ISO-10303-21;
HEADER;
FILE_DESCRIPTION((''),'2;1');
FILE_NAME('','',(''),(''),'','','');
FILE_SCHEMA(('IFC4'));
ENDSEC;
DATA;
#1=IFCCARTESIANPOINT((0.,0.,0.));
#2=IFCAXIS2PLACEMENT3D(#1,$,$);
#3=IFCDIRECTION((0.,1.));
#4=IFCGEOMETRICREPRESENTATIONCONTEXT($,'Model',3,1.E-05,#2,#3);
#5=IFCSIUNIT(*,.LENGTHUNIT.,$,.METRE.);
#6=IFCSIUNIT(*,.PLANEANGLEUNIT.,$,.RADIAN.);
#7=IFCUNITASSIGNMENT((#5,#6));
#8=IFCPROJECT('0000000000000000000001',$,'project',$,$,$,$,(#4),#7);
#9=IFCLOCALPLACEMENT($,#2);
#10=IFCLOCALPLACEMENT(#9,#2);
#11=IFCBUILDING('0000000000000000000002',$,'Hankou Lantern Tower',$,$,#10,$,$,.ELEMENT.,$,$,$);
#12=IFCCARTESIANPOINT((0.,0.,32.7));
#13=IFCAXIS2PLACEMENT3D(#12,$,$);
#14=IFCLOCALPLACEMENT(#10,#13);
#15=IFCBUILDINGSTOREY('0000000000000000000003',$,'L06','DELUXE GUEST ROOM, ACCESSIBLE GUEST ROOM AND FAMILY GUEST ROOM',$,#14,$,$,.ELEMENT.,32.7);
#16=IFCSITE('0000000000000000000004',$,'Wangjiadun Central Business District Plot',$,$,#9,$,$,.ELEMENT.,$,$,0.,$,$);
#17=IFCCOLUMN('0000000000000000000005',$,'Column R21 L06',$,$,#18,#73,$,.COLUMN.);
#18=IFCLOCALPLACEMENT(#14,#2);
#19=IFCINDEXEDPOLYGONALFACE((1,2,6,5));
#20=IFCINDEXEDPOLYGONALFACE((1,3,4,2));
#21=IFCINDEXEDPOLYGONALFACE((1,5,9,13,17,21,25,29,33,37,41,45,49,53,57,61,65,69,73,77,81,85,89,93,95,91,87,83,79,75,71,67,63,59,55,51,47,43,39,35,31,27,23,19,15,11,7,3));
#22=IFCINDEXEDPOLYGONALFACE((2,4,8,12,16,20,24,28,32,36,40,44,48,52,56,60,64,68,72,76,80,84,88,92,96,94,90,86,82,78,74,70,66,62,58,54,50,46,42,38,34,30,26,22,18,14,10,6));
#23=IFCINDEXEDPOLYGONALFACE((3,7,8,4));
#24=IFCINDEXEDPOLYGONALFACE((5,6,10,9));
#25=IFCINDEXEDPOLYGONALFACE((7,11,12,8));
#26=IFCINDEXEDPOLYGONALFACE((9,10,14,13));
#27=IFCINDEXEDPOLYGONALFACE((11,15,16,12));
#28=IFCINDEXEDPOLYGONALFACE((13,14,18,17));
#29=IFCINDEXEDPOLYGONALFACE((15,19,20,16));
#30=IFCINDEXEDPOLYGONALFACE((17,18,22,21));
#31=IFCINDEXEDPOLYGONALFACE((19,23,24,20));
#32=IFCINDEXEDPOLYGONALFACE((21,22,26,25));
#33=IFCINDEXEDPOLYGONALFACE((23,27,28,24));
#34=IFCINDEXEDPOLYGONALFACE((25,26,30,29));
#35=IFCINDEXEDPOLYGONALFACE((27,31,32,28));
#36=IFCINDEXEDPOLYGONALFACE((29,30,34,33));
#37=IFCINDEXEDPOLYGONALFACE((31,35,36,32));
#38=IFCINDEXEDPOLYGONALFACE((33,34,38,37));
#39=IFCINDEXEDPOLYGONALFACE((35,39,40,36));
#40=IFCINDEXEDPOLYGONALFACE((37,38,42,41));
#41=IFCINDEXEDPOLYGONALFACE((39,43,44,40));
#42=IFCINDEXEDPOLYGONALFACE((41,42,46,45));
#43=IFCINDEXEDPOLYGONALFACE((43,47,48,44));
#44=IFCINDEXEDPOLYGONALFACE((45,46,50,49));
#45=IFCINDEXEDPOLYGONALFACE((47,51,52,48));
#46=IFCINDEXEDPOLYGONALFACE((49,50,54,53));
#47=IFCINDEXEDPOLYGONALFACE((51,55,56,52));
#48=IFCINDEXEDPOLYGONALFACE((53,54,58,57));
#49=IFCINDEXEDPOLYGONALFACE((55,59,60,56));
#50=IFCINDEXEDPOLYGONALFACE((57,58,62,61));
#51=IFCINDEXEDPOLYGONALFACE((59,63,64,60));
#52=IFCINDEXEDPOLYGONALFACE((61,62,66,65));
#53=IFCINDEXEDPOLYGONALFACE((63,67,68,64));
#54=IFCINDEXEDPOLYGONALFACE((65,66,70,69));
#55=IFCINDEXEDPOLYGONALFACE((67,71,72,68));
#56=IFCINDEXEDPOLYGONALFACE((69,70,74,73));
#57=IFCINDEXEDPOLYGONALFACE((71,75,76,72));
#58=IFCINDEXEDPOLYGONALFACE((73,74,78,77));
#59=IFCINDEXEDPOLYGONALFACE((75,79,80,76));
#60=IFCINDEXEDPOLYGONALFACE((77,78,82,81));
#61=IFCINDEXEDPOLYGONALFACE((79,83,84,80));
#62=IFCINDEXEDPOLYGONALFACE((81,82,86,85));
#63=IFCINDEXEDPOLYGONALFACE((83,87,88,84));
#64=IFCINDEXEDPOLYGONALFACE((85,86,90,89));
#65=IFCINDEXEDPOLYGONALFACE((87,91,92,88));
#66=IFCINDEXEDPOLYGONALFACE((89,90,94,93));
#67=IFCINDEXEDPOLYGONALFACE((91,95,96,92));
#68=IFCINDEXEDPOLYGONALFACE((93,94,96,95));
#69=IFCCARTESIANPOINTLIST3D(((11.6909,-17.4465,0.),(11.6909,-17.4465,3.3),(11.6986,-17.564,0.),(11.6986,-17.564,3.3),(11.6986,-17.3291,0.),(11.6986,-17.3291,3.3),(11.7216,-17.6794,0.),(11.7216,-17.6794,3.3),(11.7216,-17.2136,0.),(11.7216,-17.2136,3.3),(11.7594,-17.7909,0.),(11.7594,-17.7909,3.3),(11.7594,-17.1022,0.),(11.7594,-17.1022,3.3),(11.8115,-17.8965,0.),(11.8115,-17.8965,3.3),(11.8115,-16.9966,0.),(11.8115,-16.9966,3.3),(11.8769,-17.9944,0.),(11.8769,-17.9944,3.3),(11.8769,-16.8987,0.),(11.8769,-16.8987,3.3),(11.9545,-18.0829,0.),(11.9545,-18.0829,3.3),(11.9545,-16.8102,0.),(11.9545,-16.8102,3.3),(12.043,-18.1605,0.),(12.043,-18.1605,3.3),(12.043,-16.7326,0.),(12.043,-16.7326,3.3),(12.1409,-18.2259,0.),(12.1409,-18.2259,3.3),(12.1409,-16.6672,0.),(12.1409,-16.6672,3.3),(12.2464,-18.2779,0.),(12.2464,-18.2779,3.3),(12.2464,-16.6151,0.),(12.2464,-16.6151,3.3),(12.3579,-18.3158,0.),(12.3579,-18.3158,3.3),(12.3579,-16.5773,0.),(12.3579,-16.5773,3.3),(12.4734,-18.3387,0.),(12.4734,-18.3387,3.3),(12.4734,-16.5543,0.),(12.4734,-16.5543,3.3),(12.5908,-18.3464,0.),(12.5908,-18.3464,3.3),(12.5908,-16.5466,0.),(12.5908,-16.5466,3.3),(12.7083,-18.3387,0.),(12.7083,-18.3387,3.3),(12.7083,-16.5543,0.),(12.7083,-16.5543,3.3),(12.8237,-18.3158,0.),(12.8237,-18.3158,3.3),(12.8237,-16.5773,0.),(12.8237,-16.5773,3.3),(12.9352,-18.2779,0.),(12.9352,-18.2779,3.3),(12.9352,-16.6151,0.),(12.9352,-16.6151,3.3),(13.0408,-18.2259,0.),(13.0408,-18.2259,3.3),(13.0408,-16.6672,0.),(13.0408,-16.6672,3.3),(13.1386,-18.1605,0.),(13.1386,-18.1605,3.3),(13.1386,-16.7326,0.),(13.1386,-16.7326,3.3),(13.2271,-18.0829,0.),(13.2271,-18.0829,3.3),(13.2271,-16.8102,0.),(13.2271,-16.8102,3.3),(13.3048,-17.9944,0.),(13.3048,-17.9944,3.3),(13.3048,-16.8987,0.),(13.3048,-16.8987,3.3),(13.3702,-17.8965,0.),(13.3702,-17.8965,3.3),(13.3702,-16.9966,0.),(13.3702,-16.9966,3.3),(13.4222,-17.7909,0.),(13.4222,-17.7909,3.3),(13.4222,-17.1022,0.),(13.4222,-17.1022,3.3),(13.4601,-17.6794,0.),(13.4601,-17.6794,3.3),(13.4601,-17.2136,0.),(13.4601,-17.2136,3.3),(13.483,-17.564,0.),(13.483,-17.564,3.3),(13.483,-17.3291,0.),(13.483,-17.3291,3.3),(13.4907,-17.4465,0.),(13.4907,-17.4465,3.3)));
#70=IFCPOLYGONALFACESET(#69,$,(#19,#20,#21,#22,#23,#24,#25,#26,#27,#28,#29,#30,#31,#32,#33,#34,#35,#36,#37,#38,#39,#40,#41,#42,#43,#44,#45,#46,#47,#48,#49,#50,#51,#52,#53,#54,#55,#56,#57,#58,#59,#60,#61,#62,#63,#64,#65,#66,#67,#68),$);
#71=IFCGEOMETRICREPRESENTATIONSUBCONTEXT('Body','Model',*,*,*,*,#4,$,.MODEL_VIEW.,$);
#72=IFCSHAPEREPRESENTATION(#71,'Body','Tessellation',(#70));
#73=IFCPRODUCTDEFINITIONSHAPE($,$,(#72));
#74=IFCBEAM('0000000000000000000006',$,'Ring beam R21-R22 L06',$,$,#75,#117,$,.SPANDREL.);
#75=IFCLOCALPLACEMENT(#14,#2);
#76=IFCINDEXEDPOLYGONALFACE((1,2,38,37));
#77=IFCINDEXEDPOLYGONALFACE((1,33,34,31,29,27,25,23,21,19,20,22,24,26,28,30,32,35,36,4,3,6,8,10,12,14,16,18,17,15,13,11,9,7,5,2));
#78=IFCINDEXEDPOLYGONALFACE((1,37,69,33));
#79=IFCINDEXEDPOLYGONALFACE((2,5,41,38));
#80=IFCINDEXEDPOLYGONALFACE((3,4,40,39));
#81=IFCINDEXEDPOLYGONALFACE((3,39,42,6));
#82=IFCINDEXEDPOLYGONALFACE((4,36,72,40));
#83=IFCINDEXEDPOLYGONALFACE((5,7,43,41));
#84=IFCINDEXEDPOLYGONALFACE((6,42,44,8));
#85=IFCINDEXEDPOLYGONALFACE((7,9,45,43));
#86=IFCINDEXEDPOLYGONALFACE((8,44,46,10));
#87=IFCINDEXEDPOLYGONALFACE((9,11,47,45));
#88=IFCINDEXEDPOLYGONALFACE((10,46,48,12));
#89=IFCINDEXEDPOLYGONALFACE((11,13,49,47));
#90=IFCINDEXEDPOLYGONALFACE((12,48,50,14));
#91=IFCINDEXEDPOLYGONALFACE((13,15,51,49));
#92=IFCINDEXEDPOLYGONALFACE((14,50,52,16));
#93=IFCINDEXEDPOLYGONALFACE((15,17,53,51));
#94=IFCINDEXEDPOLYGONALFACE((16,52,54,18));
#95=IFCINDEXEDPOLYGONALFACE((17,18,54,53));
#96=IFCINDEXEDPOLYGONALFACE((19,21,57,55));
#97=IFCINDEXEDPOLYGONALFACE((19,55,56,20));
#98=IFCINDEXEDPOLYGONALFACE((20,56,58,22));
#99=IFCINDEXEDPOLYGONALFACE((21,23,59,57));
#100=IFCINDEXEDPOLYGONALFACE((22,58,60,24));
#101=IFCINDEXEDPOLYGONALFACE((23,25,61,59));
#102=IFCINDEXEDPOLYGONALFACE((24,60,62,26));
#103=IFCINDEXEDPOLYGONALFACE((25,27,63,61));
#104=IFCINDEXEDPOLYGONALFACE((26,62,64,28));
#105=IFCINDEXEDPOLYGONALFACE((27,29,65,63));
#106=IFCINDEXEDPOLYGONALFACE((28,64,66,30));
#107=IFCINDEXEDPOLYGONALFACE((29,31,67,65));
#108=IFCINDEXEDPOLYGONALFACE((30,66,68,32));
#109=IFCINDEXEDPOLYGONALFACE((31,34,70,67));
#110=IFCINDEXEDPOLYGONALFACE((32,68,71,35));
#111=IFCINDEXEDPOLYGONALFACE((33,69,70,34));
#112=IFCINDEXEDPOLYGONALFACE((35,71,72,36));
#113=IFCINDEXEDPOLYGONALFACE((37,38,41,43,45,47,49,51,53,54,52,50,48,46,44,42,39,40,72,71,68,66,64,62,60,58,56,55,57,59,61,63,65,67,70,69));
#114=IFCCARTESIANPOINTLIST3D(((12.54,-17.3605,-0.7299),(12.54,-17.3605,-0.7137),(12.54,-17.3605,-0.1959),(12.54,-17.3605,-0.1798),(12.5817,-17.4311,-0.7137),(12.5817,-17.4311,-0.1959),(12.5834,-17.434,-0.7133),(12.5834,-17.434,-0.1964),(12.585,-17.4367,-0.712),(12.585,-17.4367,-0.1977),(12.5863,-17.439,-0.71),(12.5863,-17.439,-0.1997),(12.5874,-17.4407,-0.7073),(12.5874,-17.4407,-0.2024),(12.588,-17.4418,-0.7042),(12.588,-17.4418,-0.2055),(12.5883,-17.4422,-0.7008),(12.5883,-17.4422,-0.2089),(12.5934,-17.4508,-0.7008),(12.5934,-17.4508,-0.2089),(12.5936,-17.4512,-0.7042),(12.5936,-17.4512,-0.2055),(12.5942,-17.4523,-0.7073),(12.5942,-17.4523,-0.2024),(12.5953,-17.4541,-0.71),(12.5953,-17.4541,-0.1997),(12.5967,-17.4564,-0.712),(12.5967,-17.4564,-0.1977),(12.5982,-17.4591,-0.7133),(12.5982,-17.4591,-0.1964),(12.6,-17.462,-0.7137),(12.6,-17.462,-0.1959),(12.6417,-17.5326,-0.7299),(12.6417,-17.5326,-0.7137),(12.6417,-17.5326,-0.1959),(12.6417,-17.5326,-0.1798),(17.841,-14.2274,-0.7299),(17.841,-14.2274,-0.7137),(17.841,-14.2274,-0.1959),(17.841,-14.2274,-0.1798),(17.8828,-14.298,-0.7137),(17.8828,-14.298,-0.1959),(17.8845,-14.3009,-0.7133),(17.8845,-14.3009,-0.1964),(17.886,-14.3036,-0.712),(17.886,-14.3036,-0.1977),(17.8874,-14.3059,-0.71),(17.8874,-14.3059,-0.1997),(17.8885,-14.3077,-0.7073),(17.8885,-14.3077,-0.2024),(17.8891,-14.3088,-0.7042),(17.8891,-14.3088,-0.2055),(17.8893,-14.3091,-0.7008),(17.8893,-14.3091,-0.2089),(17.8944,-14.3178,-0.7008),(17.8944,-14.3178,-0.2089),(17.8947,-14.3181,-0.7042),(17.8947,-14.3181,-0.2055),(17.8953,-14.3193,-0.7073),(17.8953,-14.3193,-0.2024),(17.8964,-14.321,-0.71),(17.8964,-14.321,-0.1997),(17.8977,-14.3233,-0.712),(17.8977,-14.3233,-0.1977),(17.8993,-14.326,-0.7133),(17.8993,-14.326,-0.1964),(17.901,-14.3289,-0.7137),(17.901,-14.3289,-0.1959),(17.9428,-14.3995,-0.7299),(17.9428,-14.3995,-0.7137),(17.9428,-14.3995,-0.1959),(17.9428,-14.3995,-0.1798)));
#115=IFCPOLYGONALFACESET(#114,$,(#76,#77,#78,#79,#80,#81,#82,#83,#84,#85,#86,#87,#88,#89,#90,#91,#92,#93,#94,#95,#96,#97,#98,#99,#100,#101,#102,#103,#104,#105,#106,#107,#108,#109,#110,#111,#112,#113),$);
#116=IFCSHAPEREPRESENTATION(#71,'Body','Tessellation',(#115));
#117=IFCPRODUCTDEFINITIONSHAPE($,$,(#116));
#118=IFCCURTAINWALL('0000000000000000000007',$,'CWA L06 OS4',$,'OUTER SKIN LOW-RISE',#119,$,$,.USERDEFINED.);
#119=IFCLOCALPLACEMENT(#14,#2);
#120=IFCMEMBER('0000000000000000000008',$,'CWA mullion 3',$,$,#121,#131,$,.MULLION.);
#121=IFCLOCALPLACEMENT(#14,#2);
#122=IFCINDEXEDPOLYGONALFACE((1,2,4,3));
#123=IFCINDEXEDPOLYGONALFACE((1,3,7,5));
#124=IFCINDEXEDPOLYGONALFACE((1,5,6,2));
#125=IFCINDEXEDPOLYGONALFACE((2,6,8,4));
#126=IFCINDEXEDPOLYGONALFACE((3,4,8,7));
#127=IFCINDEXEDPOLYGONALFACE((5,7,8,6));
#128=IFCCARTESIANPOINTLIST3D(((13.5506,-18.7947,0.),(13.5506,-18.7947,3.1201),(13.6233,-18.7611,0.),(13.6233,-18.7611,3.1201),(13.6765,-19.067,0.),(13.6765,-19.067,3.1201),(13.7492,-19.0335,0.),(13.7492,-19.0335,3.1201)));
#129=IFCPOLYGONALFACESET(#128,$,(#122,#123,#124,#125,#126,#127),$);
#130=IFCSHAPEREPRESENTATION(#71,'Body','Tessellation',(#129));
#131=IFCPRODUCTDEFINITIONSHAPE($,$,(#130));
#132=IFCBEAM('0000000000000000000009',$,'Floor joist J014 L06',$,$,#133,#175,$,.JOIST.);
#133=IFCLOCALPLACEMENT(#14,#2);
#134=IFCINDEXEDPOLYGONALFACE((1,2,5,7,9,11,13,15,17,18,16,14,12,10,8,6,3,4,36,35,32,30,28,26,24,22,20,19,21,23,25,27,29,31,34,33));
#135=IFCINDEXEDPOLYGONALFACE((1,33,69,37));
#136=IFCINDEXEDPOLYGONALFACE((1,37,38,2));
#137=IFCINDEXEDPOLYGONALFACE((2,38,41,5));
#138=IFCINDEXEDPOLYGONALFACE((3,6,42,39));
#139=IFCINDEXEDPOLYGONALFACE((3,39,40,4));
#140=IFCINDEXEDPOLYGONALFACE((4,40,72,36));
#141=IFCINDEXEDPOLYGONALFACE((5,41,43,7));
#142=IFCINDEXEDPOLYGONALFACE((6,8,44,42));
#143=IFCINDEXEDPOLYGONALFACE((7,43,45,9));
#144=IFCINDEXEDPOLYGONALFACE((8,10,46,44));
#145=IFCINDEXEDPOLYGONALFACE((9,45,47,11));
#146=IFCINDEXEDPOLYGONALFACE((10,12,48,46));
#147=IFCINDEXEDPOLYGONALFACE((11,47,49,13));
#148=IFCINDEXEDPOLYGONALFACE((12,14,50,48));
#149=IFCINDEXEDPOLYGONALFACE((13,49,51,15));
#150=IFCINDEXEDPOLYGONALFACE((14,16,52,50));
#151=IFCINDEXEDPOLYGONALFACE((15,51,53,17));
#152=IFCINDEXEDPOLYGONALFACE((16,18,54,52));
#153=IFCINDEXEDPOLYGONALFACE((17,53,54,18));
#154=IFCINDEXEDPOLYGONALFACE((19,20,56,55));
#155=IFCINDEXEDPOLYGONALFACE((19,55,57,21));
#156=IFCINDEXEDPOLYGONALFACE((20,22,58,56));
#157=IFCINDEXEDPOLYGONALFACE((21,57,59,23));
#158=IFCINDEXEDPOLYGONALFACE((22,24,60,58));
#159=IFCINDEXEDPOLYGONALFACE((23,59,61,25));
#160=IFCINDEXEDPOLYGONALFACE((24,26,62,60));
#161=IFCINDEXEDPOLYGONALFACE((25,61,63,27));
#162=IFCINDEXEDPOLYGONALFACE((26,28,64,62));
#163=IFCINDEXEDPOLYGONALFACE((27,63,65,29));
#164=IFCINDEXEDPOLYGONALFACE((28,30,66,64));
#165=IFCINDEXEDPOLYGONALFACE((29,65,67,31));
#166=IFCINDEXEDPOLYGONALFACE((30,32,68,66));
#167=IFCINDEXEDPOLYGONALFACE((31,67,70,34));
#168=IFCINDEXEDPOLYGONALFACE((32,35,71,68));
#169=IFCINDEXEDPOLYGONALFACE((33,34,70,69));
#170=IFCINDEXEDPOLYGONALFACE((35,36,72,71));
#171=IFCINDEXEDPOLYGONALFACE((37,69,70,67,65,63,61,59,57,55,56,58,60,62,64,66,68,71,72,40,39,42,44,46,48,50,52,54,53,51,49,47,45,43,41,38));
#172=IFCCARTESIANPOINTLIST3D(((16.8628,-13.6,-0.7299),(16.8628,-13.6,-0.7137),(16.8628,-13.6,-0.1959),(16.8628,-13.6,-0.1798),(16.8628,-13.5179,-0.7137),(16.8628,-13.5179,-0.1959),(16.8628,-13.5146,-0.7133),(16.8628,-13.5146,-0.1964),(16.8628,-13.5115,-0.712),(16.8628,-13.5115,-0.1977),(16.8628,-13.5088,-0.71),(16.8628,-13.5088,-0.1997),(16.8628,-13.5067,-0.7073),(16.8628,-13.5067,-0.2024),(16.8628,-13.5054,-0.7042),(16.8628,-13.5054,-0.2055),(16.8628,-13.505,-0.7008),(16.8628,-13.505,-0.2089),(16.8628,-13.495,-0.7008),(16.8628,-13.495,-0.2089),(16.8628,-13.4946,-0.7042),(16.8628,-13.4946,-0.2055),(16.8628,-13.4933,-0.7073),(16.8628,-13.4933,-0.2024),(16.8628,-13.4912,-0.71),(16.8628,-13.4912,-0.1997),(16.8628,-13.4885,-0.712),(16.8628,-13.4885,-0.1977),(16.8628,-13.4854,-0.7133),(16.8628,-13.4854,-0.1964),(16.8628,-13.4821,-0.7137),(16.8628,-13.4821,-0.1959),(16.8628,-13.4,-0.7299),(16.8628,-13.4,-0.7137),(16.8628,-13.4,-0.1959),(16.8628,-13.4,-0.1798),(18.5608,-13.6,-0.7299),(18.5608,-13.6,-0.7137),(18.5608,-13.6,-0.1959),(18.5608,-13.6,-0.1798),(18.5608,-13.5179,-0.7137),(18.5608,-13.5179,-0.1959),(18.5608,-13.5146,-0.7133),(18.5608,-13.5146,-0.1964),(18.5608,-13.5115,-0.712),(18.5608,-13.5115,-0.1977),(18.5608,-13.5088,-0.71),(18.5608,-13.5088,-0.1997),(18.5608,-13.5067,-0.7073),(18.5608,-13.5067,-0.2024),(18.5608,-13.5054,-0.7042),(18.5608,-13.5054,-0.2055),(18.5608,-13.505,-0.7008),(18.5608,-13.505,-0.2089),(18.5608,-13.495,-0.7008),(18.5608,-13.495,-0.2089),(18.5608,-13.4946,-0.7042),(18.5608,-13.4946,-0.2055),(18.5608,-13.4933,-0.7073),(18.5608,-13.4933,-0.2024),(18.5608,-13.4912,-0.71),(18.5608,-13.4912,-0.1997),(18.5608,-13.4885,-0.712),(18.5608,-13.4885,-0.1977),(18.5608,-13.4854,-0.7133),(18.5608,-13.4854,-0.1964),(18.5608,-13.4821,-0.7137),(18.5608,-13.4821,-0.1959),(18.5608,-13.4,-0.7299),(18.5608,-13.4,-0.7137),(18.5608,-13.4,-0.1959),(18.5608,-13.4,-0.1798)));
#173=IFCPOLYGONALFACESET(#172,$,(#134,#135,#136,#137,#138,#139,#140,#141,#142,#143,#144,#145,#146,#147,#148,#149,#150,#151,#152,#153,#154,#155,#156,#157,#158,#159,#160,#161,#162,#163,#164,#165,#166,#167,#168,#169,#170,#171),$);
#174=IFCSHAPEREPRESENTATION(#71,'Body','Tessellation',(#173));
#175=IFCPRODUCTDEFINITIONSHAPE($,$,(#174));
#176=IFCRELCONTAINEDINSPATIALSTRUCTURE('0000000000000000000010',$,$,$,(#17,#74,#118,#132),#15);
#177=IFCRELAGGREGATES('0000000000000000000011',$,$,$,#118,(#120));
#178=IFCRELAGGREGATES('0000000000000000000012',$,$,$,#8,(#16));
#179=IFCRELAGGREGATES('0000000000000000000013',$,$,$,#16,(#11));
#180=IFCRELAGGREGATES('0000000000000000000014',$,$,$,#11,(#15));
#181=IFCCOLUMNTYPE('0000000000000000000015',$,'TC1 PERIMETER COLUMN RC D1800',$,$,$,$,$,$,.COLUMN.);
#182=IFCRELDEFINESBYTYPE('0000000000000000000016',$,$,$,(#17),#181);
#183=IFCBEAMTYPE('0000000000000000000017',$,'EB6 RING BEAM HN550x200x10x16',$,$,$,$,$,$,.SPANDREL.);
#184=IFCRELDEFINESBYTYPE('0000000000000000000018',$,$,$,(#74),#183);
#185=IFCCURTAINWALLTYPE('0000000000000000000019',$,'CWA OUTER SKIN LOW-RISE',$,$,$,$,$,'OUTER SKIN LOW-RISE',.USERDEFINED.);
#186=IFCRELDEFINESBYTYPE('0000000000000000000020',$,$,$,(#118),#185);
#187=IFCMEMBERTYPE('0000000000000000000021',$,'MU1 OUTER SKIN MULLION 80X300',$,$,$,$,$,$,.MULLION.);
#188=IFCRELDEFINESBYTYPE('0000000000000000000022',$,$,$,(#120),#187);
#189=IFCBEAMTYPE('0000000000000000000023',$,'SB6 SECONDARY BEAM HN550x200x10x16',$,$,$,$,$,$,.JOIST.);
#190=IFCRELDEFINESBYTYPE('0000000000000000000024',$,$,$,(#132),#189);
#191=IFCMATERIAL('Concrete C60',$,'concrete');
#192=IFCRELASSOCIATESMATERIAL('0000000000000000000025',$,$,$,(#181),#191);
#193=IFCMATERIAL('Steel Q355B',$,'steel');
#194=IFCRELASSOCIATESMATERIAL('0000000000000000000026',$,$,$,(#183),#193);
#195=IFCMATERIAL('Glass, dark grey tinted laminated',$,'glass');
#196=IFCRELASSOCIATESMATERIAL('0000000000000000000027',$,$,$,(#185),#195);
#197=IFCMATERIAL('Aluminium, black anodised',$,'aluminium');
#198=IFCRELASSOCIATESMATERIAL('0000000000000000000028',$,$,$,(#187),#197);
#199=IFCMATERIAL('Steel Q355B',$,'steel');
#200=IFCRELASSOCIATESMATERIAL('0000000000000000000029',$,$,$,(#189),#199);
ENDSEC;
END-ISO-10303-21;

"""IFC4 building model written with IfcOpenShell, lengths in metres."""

from ifc_helpers import new_model, si_unit, direction, frame, origin, origin_2d, place, context, subcontext, project, spatial, rectangle, circle, i_section, extrude, material, material_profile, profile_set, type_object, element, aggregate, save


model = new_model("IFC4")

# Units and contexts
model_context = context("Model", 3, precision=1e-05, world=origin(), true_north=direction((0.0, 1.0)))
body_context = subcontext(model_context, "Body", "Model", "MODEL_VIEW")
ifc_project = project(units=[si_unit("LENGTHUNIT", "METRE"), si_unit("PLANEANGLEUNIT", "RADIAN")], contexts=[model_context])

# Site, building, storey
site_placement = place(None, origin())
site = spatial("IfcSite", under=ifc_project, at=site_placement, Name="Wangjiadun Central Business District Plot", CompositionType="ELEMENT", RefElevation=0.0)
building_placement = place(site_placement, origin())
building = spatial("IfcBuilding", under=site, at=building_placement, Name="Hankou Lantern Tower", CompositionType="ELEMENT")
storey_placement = place(building_placement, frame((0.0, 0.0, 32.7)))
storey = spatial("IfcBuildingStorey", under=building, at=storey_placement, Name="L06", Description="DELUXE GUEST ROOM, ACCESSIBLE GUEST ROOM AND FAMILY GUEST ROOM", CompositionType="ELEMENT", Elevation=32.7)

# Column
ifc_material_1 = material(Name="Concrete C60", Category="concrete")
ifc_material_profile_1 = material_profile(ifc_material_1, circle(Radius=0.8999, at=origin_2d()), Name="RC D1800")
ifc_profile_set_1 = profile_set([ifc_material_profile_1], Name="Concrete C60")
column_type = type_object("IfcColumnType", Name="TC1 PERIMETER COLUMN RC D1800", PredefinedType="COLUMN", material=ifc_profile_set_1)
column_placement = place(storey_placement, frame((12.5908, -17.4465, 0.0), z_axis=(0.0, 0.0, 1.0), x_axis=(1.0, 0.0, 0.0)))
element("IfcColumn", 1, at=column_placement, inside=storey, type_object=column_type, Name="Column R21 L06", PredefinedType="COLUMN", context=body_context, shape_type="SweptSolid", body=[
    extrude(circle(Radius=0.8999, at=origin_2d()), origin(), (0.0, 0.0, 1.0), 3.3),
])

# Beam
ifc_material_2 = material(Name="Steel Q355B", Category="steel")
ifc_material_profile_2 = material_profile(ifc_material_2, i_section(OverallWidth=0.2, OverallDepth=0.55, WebThickness=0.01, FlangeThickness=0.0161, FilletRadius=0.0129, at=origin_2d()), Name="HN550x200x10x16")
ifc_profile_set_2 = profile_set([ifc_material_profile_2], Name="Steel Q355B")
beam_type_1 = type_object("IfcBeamType", Name="EB6 RING BEAM HN550x200x10x16", PredefinedType="SPANDREL", material=ifc_profile_set_2)
beam_1_placement = place(storey_placement, frame((12.5908, -17.4465, -0.4548), z_axis=(0.860882, 0.508805, 0.0), x_axis=(-0.508805, 0.860882, 0.0)))
element("IfcBeam", 2, at=beam_1_placement, inside=storey, type_object=beam_type_1, Name="Ring beam R21-R22 L06", PredefinedType="SPANDREL", context=body_context, shape_type="SweptSolid", body=[
    extrude(i_section(OverallWidth=0.2, OverallDepth=0.55, WebThickness=0.01, FlangeThickness=0.0161, FilletRadius=0.0129, at=origin_2d()), origin(), (0.0, 0.0, 1.0), 6.1577),
])

# Curtain wall, member
ifc_material_3 = material(Name="Glass, dark grey tinted laminated", Category="glass")
curtain_wall_type = type_object("IfcCurtainWallType", Name="CWA OUTER SKIN LOW-RISE", ElementType="OUTER SKIN LOW-RISE", PredefinedType="USERDEFINED", material=ifc_material_3)
curtain_wall_placement = place(storey_placement, origin())
curtain_wall = element("IfcCurtainWall", 3, at=curtain_wall_placement, inside=storey, type_object=curtain_wall_type, Name="CWA L06 OS4", ObjectType="OUTER SKIN LOW-RISE", PredefinedType="USERDEFINED")
ifc_material_4 = material(Name="Aluminium, black anodised", Category="aluminium")
ifc_material_profile_3 = material_profile(ifc_material_4, rectangle(XDim=0.0801, YDim=0.3, at=origin_2d()), Name="MU1 80X300")
ifc_profile_set_3 = profile_set([ifc_material_profile_3], Name="Aluminium, black anodised")
member_type_1 = type_object("IfcMemberType", Name="MU1 OUTER SKIN MULLION 80X300", PredefinedType="MULLION", material=ifc_profile_set_3)
member_1_placement = place(storey_placement, frame((13.6499, -18.9141, 0.0), z_axis=(0.0, 0.0, 1.0), x_axis=(0.907841, 0.419314, 0.0)))
member_1 = element("IfcMember", 4, at=member_1_placement, type_object=member_type_1, Name="CWA mullion 3", PredefinedType="MULLION", context=body_context, shape_type="SweptSolid", body=[
    extrude(rectangle(XDim=0.0801, YDim=0.3, at=origin_2d()), origin(), (0.0, 0.0, 1.0), 3.1201),
])

# Beam
ifc_material_5 = material(Name="Steel Q355B", Category="steel")
ifc_material_profile_4 = material_profile(ifc_material_5, i_section(OverallWidth=0.2, OverallDepth=0.55, WebThickness=0.01, FlangeThickness=0.0161, FilletRadius=0.0129, at=origin_2d()), Name="HN550x200x10x16")
ifc_profile_set_4 = profile_set([ifc_material_profile_4], Name="Steel Q355B")
beam_type_2 = type_object("IfcBeamType", Name="SB6 SECONDARY BEAM HN550x200x10x16", PredefinedType="JOIST", material=ifc_profile_set_4)
beam_2_placement = place(storey_placement, frame((16.8628, -13.5, -0.4548), z_axis=(1.0, 0.0, 0.0), x_axis=(0.0, 1.0, 0.0)))
element("IfcBeam", 5, at=beam_2_placement, inside=storey, type_object=beam_type_2, Name="Floor joist J014 L06", PredefinedType="JOIST", context=body_context, shape_type="SweptSolid", body=[
    extrude(i_section(OverallWidth=0.2, OverallDepth=0.55, WebThickness=0.01, FlangeThickness=0.0161, FilletRadius=0.0129, at=origin_2d()), origin(), (0.0, 0.0, 1.0), 1.698),
])

aggregate(curtain_wall, [member_1])

save(model, "model.ifc")
